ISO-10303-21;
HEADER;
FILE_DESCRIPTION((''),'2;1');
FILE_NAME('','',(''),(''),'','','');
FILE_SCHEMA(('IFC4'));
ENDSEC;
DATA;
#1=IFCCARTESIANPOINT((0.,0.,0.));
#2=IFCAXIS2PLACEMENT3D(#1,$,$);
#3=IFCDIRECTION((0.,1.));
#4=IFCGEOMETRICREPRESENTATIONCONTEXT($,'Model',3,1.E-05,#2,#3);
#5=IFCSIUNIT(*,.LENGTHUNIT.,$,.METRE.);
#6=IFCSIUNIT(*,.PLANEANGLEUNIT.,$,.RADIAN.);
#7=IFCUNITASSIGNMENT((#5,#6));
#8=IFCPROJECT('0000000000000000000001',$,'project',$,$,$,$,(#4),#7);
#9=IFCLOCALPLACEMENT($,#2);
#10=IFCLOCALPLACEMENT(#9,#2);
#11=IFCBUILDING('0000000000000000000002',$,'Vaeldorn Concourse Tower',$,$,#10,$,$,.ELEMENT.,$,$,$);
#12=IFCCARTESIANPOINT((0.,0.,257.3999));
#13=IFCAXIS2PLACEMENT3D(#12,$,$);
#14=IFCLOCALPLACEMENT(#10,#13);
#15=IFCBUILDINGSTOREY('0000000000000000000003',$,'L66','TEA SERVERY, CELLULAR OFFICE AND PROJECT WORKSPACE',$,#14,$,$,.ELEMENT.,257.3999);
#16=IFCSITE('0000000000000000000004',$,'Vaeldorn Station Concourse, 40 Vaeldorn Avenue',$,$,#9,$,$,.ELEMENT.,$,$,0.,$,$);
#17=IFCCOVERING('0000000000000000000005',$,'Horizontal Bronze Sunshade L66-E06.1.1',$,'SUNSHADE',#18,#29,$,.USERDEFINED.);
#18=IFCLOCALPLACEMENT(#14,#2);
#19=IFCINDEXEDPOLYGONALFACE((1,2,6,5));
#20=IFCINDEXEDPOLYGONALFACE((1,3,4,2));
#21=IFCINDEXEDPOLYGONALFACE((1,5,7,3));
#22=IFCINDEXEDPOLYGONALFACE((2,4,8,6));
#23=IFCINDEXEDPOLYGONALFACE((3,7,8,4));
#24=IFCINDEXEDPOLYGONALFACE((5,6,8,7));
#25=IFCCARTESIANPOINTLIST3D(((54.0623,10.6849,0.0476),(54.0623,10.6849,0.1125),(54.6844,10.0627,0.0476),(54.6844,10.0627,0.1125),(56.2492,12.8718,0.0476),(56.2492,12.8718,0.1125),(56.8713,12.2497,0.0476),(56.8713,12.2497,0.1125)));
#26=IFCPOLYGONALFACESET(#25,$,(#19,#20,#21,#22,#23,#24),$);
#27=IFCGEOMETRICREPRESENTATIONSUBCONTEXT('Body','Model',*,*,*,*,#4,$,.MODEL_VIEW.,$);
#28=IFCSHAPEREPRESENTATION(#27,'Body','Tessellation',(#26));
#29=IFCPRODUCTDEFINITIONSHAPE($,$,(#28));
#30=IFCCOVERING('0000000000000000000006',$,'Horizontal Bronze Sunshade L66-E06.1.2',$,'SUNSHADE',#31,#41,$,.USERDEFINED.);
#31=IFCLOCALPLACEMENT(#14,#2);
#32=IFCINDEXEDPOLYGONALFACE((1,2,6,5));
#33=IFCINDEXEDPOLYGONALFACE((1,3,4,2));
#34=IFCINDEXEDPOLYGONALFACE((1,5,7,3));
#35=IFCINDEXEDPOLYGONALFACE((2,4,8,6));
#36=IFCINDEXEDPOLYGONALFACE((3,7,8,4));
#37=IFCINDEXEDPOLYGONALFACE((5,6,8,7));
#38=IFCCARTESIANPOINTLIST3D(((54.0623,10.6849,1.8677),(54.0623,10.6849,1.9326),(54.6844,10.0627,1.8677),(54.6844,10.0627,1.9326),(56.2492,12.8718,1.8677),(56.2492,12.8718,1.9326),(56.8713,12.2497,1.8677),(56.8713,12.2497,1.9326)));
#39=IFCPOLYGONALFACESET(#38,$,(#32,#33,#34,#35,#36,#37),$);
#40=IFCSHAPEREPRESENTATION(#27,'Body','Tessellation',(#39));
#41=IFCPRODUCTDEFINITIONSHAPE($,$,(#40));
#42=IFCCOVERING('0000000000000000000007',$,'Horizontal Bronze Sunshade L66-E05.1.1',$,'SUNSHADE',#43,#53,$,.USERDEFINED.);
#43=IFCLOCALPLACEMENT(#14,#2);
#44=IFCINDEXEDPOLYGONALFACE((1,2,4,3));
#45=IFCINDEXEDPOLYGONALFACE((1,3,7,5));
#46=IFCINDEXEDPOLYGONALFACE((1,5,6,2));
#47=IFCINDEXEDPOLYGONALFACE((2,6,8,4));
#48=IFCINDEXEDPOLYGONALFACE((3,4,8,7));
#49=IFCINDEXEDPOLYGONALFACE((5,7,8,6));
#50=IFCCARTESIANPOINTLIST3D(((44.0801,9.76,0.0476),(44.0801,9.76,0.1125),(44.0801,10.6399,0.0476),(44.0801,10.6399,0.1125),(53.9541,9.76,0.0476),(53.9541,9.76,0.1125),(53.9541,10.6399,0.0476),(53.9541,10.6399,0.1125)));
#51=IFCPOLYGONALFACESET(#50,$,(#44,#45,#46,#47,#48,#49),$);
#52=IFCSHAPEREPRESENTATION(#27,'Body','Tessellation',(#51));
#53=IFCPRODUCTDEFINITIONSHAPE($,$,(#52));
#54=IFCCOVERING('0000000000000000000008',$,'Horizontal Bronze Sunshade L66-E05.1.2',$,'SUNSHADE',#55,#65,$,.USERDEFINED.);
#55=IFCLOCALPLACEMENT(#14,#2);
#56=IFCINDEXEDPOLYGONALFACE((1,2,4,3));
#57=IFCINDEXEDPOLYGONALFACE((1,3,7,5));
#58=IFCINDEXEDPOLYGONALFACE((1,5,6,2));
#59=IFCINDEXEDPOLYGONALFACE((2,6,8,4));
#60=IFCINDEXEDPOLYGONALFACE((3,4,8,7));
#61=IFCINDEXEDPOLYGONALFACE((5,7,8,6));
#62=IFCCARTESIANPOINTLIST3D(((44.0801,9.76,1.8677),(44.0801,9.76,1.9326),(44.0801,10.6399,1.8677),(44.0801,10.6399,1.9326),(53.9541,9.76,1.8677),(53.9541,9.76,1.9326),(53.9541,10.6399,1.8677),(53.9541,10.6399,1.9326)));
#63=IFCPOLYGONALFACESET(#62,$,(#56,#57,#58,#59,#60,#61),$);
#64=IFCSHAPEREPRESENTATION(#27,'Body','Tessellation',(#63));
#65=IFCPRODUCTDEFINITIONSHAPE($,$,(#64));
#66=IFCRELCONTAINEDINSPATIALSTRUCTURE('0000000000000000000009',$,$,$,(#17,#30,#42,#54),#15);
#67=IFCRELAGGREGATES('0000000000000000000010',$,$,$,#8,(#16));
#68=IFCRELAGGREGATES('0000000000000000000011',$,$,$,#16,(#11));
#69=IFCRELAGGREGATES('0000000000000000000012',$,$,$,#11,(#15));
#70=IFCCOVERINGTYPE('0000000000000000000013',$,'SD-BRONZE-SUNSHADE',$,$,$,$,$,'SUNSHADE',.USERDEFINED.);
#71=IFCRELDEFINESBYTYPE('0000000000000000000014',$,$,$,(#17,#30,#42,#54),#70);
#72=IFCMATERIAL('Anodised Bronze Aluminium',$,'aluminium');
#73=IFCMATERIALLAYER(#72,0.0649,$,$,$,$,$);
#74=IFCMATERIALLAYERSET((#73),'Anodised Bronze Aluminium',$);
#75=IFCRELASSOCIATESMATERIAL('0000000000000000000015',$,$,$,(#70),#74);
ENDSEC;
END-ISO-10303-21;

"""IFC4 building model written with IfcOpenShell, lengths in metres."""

from ifc_helpers import new_model, si_unit, direction, frame, origin, origin_2d, place, context, subcontext, project, spatial, rectangle, extrude, source, transform, mapped, material, layer, layer_set, type_object, element, save


model = new_model("IFC4")

# Units and contexts
model_context = context("Model", 3, precision=1e-05, world=origin(), true_north=direction((0.0, 1.0)))
body_context = subcontext(model_context, "Body", "Model", "MODEL_VIEW")
ifc_project = project(units=[si_unit("LENGTHUNIT", "METRE"), si_unit("PLANEANGLEUNIT", "RADIAN")], contexts=[model_context])

# Site, building, storey
site_placement = place(None, origin())
site = spatial("IfcSite", under=ifc_project, at=site_placement, Name="Vaeldorn Station Concourse, 40 Vaeldorn Avenue", CompositionType="ELEMENT", RefElevation=0.0)
building_placement = place(site_placement, origin())
building = spatial("IfcBuilding", under=site, at=building_placement, Name="Vaeldorn Concourse Tower", CompositionType="ELEMENT")
storey_placement = place(building_placement, frame((0.0, 0.0, 257.3999)))
storey = spatial("IfcBuildingStorey", under=building, at=storey_placement, Name="L66", Description="TEA SERVERY, CELLULAR OFFICE AND PROJECT WORKSPACE", CompositionType="ELEMENT", Elevation=257.3999)

# Shared definitions
ifc_material_1 = material(Name="Anodised Bronze Aluminium", Category="aluminium")

# Coverings
ifc_layer_1 = layer(ifc_material_1, 0.0649)
ifc_layer_set_1 = layer_set([ifc_layer_1], Name="Anodised Bronze Aluminium")
covering_type = type_object("IfcCoveringType", Name="SD-BRONZE-SUNSHADE", ElementType="SUNSHADE", PredefinedType="USERDEFINED", material=ifc_layer_set_1)
shared_shape_1 = source(origin(), body_context, "Body", "SweptSolid", [
    extrude(rectangle(XDim=3.0928, YDim=0.8799, at=origin_2d()), origin(), (0.0, 0.0, 1.0), 0.0649),
])
for number, where, z_axis, x_axis, name in (
    (1, (55.4668, 11.4673, 0.0476), (0.0, 0.0, 1.0), (0.707107, 0.707107, 0.0), "Horizontal Bronze Sunshade L66-E06.1.1"),
    (2, (55.4668, 11.4673, 1.8677), (0.0, 0.0, 1.0), (0.707107, 0.707107, 0.0), "Horizontal Bronze Sunshade L66-E06.1.2"),
):
    element("IfcCovering", number, at=place(storey_placement, frame(where, z_axis=z_axis, x_axis=x_axis)), inside=storey, type_object=covering_type, Name=name, ObjectType="SUNSHADE", PredefinedType="USERDEFINED", context=body_context, shape_type="MappedRepresentation", body=[
        mapped(shared_shape_1, transform((0.0, 0.0, 0.0), scale=1.0)),
    ])
shared_shape_2 = source(origin(), body_context, "Body", "SweptSolid", [
    extrude(rectangle(XDim=9.874, YDim=0.8799, at=origin_2d()), origin(), (0.0, 0.0, 1.0), 0.0649),
])
for number, where, z_axis, x_axis, name in (
    (3, (49.0171, 10.2, 0.0476), (0.0, 0.0, 1.0), (1.0, 0.0, 0.0), "Horizontal Bronze Sunshade L66-E05.1.1"),
    (4, (49.0171, 10.2, 1.8677), (0.0, 0.0, 1.0), (1.0, 0.0, 0.0), "Horizontal Bronze Sunshade L66-E05.1.2"),
):
    element("IfcCovering", number, at=place(storey_placement, frame(where, z_axis=z_axis, x_axis=x_axis)), inside=storey, type_object=covering_type, Name=name, ObjectType="SUNSHADE", PredefinedType="USERDEFINED", context=body_context, shape_type="MappedRepresentation", body=[
        mapped(shared_shape_2, transform((0.0, 0.0, 0.0), scale=1.0)),
    ])

save(model, "model.ifc")
